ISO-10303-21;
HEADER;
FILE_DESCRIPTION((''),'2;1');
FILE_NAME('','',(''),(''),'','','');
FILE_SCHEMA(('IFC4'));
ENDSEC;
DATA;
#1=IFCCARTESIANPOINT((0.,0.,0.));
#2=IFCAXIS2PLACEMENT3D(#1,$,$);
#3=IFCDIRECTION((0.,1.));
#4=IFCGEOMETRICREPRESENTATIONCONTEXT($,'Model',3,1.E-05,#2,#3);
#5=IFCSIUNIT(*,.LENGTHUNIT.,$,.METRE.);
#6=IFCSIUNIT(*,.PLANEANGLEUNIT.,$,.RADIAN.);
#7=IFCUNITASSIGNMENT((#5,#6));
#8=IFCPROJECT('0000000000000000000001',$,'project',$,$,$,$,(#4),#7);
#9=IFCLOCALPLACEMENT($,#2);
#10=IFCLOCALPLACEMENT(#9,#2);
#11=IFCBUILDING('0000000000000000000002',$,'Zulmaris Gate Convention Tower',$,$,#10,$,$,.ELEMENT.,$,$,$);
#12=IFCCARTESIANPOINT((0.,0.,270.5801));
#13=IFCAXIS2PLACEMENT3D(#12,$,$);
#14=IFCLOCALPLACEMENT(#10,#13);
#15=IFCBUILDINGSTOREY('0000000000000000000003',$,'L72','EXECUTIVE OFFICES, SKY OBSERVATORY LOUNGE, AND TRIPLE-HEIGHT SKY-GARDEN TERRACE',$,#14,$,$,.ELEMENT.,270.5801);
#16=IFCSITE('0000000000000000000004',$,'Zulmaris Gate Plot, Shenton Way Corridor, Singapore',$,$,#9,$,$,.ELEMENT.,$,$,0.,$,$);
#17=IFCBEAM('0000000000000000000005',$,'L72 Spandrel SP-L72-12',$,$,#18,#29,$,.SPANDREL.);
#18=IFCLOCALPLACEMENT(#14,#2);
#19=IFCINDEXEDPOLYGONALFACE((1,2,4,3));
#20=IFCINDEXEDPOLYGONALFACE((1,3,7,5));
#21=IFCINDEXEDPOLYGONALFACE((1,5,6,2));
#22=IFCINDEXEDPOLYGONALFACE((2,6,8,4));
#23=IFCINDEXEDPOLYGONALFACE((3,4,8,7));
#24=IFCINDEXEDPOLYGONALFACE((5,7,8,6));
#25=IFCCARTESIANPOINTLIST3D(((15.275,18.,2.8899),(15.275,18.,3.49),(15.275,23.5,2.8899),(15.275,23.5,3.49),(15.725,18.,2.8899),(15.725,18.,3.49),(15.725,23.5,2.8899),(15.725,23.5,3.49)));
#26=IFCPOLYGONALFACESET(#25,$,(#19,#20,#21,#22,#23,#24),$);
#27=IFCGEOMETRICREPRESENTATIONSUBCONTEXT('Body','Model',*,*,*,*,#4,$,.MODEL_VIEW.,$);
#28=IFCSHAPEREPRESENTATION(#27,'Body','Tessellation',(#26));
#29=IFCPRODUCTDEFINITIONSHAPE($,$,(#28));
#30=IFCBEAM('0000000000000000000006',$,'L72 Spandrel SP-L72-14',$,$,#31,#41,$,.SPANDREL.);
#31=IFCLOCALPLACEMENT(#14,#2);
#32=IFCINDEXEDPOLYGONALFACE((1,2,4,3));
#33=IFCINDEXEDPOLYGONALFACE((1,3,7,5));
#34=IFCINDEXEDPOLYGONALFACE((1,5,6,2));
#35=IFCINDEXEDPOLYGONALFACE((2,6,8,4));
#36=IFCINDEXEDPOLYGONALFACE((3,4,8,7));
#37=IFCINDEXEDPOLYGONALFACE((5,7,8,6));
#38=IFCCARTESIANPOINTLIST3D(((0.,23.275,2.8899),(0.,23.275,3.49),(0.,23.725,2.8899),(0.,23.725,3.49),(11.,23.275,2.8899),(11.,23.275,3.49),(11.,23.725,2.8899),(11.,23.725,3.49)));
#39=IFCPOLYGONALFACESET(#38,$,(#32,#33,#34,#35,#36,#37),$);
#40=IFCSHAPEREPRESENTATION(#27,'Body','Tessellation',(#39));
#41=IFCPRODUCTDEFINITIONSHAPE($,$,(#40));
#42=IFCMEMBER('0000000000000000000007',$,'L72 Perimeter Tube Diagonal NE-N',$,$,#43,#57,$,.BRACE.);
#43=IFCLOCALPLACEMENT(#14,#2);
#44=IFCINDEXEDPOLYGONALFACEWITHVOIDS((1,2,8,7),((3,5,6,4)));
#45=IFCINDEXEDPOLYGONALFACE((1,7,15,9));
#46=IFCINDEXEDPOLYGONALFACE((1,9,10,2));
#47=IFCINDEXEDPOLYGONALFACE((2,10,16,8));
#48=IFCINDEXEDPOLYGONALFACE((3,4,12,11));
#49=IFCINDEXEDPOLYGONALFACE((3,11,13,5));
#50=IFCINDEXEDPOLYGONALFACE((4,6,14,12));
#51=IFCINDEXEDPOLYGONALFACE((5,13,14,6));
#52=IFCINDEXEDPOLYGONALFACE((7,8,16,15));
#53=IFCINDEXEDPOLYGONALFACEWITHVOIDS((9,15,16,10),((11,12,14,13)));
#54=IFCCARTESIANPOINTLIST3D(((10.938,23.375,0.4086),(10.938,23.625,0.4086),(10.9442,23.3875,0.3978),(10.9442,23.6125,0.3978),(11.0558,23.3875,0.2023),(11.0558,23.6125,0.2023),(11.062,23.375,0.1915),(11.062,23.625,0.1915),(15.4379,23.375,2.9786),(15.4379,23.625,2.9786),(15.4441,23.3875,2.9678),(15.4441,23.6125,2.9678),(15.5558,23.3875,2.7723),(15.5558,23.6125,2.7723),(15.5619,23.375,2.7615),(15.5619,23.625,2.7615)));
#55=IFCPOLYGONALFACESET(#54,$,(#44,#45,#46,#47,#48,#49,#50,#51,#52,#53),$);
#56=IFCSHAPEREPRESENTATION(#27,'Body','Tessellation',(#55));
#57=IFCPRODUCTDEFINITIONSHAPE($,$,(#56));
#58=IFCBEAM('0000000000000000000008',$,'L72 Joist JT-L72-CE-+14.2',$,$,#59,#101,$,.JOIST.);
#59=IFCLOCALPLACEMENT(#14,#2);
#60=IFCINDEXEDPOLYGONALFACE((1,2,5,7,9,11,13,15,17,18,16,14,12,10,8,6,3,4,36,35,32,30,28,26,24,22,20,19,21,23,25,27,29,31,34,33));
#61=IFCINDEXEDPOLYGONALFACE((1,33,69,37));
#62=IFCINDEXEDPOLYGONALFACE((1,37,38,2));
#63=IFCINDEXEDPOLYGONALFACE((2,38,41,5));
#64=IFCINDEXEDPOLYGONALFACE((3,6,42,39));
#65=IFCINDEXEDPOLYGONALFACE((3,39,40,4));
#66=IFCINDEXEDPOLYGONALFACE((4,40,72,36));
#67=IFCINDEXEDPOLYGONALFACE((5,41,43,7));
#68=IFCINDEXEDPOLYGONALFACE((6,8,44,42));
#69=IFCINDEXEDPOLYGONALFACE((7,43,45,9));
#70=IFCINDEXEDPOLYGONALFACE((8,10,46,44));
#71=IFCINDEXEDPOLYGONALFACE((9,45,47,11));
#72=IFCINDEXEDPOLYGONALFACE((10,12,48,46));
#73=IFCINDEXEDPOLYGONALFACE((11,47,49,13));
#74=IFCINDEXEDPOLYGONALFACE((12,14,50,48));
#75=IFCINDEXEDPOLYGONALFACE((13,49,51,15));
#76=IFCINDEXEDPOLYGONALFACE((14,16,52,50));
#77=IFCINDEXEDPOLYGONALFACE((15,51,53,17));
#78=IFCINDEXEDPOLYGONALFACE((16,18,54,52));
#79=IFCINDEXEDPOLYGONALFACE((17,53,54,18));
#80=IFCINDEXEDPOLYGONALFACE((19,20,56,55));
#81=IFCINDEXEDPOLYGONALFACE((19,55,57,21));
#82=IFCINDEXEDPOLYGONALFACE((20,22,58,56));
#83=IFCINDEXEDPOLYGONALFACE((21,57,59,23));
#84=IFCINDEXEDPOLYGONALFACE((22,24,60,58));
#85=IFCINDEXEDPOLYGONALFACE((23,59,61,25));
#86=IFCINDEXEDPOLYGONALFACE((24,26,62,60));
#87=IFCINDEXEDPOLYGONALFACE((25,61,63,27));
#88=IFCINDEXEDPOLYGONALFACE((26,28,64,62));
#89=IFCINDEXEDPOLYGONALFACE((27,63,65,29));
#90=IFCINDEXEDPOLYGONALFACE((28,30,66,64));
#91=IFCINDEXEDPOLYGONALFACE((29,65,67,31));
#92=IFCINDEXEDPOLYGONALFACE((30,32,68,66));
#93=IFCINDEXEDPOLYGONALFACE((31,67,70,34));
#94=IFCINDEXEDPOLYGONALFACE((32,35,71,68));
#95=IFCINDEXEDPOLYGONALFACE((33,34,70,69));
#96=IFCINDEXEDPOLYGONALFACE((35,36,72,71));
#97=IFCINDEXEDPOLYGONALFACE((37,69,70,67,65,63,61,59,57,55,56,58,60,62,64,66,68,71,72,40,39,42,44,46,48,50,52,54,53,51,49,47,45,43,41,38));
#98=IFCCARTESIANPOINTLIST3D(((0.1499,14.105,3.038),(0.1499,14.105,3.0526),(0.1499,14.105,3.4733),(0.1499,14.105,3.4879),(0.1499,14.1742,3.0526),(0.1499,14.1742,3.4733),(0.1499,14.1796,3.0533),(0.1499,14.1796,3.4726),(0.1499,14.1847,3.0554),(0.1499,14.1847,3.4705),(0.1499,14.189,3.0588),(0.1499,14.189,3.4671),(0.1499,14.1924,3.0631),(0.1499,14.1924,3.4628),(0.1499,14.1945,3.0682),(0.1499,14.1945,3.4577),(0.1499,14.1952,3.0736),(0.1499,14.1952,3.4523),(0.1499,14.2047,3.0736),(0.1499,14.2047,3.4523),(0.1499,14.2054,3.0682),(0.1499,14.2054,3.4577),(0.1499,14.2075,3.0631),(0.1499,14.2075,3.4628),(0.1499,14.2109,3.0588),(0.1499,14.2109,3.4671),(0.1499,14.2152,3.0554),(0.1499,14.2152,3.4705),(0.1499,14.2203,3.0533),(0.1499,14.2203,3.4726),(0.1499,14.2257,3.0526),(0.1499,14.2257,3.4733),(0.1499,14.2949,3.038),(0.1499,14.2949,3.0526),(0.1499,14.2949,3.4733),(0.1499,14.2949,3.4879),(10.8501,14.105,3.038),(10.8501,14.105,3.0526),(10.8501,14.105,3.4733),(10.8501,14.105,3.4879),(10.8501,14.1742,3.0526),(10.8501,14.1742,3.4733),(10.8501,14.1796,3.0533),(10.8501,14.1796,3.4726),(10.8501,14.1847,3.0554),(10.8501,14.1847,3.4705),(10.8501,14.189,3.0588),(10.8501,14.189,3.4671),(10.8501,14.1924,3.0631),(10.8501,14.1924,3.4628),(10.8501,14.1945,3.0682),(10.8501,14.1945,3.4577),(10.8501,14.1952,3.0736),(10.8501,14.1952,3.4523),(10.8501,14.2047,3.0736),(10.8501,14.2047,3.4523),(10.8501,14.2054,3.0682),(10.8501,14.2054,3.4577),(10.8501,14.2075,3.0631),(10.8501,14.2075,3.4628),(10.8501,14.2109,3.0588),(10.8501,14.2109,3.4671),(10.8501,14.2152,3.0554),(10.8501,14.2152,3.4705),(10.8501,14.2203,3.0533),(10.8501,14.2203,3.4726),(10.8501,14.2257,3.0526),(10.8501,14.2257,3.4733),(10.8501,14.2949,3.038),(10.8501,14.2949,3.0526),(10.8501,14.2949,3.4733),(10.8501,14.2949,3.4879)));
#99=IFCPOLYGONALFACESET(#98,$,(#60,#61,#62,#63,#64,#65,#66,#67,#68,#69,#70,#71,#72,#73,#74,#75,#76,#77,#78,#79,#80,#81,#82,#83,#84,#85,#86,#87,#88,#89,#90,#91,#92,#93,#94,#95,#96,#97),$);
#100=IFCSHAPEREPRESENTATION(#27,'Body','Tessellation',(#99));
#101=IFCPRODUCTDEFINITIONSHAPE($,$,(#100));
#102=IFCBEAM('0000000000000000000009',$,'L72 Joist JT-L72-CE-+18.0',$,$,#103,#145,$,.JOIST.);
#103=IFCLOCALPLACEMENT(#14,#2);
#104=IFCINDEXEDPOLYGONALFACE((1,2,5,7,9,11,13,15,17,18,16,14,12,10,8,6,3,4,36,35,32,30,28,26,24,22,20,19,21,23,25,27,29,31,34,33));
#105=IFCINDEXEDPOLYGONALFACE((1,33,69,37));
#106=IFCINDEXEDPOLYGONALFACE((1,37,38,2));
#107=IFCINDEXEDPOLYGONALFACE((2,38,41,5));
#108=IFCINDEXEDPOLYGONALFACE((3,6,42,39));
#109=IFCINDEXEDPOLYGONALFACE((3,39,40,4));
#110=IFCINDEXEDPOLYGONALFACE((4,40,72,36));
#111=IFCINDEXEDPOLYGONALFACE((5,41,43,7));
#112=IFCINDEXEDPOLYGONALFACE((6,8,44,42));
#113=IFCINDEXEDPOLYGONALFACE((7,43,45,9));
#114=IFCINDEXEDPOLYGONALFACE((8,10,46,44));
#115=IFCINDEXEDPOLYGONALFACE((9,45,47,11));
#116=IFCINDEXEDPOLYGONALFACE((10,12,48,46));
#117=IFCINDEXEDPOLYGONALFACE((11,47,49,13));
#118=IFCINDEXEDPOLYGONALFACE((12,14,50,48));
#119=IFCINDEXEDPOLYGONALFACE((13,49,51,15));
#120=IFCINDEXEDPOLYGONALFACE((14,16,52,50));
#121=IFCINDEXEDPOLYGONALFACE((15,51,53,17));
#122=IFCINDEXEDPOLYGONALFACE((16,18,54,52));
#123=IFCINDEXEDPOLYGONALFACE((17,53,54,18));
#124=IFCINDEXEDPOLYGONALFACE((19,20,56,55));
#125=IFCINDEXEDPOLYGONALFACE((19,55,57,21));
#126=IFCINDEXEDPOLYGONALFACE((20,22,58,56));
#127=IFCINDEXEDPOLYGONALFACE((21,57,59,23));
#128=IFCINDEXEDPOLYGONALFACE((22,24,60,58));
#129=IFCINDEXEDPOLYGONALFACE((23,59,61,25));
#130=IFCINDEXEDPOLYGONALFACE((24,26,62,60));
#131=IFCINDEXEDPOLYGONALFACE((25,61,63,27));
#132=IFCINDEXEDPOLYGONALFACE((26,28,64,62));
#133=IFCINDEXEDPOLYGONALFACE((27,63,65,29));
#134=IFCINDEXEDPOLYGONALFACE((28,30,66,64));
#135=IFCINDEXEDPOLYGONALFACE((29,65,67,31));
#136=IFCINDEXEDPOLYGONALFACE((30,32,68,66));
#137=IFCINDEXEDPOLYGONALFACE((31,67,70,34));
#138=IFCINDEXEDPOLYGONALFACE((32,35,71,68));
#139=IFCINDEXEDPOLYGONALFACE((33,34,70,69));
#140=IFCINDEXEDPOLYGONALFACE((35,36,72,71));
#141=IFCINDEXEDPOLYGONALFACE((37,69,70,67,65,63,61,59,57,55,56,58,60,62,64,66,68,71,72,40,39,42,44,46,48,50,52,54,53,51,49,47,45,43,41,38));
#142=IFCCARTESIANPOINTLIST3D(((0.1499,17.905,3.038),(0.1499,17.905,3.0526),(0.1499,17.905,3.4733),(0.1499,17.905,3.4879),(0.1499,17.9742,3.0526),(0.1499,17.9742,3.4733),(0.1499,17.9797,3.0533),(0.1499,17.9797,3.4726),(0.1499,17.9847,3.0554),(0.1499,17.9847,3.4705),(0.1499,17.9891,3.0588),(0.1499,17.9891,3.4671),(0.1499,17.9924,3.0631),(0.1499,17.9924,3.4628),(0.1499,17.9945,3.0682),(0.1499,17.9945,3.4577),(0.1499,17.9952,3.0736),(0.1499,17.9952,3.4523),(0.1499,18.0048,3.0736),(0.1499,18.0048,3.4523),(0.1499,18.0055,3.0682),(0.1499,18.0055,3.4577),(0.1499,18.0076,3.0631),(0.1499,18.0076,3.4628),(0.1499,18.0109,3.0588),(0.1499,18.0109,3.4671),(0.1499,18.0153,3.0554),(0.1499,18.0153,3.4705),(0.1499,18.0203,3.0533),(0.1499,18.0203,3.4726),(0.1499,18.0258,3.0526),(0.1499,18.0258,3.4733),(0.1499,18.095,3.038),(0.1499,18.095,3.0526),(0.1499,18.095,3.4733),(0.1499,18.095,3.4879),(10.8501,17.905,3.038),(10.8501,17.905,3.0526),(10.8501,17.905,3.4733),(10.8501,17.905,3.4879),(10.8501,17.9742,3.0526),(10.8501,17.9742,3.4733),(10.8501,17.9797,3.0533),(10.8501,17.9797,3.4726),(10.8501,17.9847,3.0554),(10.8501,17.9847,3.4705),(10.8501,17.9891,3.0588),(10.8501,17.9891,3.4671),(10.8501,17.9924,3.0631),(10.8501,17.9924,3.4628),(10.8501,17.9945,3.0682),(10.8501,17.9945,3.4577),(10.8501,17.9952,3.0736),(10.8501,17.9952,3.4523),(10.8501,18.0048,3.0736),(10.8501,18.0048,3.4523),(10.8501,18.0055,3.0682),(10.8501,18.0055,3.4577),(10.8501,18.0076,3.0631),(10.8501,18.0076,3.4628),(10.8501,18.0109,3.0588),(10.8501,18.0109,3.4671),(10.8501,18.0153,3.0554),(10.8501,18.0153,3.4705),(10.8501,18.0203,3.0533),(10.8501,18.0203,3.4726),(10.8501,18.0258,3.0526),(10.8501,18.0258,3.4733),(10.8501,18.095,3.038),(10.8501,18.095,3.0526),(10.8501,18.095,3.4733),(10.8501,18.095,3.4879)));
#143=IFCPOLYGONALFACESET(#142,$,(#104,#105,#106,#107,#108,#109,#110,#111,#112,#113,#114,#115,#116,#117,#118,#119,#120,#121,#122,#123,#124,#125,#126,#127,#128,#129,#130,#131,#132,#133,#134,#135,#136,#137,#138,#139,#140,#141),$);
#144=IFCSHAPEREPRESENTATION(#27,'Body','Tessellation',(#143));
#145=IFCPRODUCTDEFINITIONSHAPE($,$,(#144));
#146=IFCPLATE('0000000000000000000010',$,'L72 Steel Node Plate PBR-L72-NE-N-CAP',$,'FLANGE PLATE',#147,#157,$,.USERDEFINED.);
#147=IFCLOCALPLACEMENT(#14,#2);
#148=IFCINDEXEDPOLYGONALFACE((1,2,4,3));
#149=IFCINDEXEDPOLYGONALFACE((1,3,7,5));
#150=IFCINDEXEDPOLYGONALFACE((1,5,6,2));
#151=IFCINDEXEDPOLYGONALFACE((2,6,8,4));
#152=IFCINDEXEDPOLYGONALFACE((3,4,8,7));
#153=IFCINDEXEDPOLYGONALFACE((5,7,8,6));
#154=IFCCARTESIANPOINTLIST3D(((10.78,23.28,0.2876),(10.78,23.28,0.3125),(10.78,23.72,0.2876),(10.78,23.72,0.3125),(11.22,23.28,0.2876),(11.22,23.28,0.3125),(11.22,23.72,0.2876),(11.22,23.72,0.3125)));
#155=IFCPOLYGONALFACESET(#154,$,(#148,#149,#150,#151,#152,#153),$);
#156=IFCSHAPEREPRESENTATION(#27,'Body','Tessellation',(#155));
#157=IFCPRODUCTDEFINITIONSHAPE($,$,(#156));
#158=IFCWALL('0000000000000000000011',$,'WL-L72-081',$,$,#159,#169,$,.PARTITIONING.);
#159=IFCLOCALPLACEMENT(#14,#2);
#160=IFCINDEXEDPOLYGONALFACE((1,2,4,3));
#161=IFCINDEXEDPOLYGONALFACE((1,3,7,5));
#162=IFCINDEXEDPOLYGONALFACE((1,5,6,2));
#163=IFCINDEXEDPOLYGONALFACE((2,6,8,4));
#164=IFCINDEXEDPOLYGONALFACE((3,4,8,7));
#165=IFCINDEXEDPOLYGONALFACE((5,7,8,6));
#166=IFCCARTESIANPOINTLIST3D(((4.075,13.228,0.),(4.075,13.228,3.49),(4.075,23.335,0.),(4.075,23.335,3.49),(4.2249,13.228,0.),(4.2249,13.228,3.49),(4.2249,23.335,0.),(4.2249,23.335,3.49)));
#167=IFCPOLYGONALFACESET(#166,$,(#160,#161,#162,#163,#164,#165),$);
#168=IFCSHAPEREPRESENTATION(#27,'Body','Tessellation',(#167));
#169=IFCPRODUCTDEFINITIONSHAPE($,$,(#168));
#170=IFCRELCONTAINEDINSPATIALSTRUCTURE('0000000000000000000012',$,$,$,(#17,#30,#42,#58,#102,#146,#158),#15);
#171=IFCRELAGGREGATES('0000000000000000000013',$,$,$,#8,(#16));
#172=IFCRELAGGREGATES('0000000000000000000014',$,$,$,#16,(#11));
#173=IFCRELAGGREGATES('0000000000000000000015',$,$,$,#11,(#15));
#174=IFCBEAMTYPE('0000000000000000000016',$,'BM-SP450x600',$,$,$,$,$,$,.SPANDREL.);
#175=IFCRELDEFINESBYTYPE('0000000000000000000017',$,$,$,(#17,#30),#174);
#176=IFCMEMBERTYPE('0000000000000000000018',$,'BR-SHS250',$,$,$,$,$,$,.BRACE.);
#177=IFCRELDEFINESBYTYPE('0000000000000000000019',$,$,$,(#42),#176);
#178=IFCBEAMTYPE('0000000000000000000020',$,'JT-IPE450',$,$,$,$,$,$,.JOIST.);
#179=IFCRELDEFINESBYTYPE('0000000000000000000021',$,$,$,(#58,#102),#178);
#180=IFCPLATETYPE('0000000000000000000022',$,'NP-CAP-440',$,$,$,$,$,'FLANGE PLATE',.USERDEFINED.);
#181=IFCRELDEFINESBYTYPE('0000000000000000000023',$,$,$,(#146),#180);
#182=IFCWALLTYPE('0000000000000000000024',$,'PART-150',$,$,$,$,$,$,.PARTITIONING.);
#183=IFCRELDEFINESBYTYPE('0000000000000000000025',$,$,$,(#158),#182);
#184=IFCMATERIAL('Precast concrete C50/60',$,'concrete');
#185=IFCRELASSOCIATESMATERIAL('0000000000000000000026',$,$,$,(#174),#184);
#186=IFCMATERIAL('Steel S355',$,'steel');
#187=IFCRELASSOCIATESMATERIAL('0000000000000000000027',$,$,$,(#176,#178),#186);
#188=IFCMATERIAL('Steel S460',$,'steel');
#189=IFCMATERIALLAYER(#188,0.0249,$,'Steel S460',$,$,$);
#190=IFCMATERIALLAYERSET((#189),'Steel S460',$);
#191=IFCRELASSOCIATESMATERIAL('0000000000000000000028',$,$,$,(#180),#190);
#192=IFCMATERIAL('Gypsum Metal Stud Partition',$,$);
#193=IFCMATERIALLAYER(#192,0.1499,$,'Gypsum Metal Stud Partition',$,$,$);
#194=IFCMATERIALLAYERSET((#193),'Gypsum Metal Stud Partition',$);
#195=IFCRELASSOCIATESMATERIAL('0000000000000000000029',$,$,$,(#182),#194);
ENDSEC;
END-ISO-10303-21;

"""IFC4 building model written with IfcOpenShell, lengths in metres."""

from ifc_helpers import new_model, si_unit, direction, frame, frame_2d, origin, origin_2d, place, context, subcontext, project, spatial, rectangle, hollow_rectangle, i_section, extrude, material, layer, layer_set, material_profile, profile_set, type_object, element, save


model = new_model("IFC4")

# Units and contexts
model_context = context("Model", 3, precision=1e-05, world=origin(), true_north=direction((0.0, 1.0)))
body_context = subcontext(model_context, "Body", "Model", "MODEL_VIEW")
ifc_project = project(units=[si_unit("LENGTHUNIT", "METRE"), si_unit("PLANEANGLEUNIT", "RADIAN")], contexts=[model_context])

# Site, building, storey
site_placement = place(None, origin())
site = spatial("IfcSite", under=ifc_project, at=site_placement, Name="Zulmaris Gate Plot, Shenton Way Corridor, Singapore", CompositionType="ELEMENT", RefElevation=0.0)
building_placement = place(site_placement, origin())
building = spatial("IfcBuilding", under=site, at=building_placement, Name="Zulmaris Gate Convention Tower", CompositionType="ELEMENT")
storey_placement = place(building_placement, frame((0.0, 0.0, 270.5801)))
storey = spatial("IfcBuildingStorey", under=building, at=storey_placement, Name="L72", Description="EXECUTIVE OFFICES, SKY OBSERVATORY LOUNGE, AND TRIPLE-HEIGHT SKY-GARDEN TERRACE", CompositionType="ELEMENT", Elevation=270.5801)

# Beams
ifc_material_1 = material(Name="Steel S355", Category="steel")
ifc_material_2 = material(Name="Precast concrete C50/60", Category="concrete")
ifc_material_profile_1 = material_profile(ifc_material_2, rectangle(XDim=0.45, YDim=0.6001, at=origin_2d()), Name="RC SPANDREL 450x600")
ifc_profile_set_1 = profile_set([ifc_material_profile_1], Name="Precast concrete C50/60")
beam_type_1 = type_object("IfcBeamType", Name="BM-SP450x600", PredefinedType="SPANDREL", material=ifc_profile_set_1)
beam_1_placement = place(storey_placement, frame((15.5, 18.0, 3.1899), z_axis=(0.0, 1.0, 0.0), x_axis=(-1.0, 0.0, 0.0)))
element("IfcBeam", 1, at=beam_1_placement, inside=storey, type_object=beam_type_1, Name="L72 Spandrel SP-L72-12", PredefinedType="SPANDREL", context=body_context, shape_type="SweptSolid", body=[
    extrude(rectangle(XDim=0.45, YDim=0.6001, at=origin_2d()), origin(), (0.0, 0.0, 1.0), 5.5),
])
beam_2_placement = place(storey_placement, frame((11.0, 23.5, 3.1899), z_axis=(-1.0, 0.0, 0.0), x_axis=(0.0, -1.0, 0.0)))
element("IfcBeam", 2, at=beam_2_placement, inside=storey, type_object=beam_type_1, Name="L72 Spandrel SP-L72-14", PredefinedType="SPANDREL", context=body_context, shape_type="SweptSolid", body=[
    extrude(rectangle(XDim=0.45, YDim=0.6001, at=origin_2d()), origin(), (0.0, 0.0, 1.0), 11.0),
])

# Member
ifc_material_profile_2 = material_profile(ifc_material_1, hollow_rectangle(XDim=0.25, YDim=0.25, WallThickness=0.0125, at=origin_2d()), Name="SHS 250x250x12.5")
ifc_profile_set_2 = profile_set([ifc_material_profile_2], Name="Steel S355")
member_type = type_object("IfcMemberType", Name="BR-SHS250", PredefinedType="BRACE", material=ifc_profile_set_2)
member_placement = place(storey_placement, frame((11.0, 23.5, 0.3), z_axis=(0.868356, 0.0, 0.495941), x_axis=(0.0, 1.0, 0.0)))
element("IfcMember", 3, at=member_placement, inside=storey, type_object=member_type, Name="L72 Perimeter Tube Diagonal NE-N", PredefinedType="BRACE", context=body_context, shape_type="SweptSolid", body=[
    extrude(hollow_rectangle(XDim=0.25, YDim=0.25, WallThickness=0.0125, at=origin_2d()), origin(), (0.0, 0.0, 1.0), 5.1821),
])

# Beams
ifc_material_profile_3 = material_profile(ifc_material_1, i_section(OverallWidth=0.1899, OverallDepth=0.45, WebThickness=0.0095, FlangeThickness=0.0146, FilletRadius=0.021, at=origin_2d()), Name="IPE 450")
ifc_profile_set_3 = profile_set([ifc_material_profile_3], Name="Steel S355")
beam_type_2 = type_object("IfcBeamType", Name="JT-IPE450", PredefinedType="JOIST", material=ifc_profile_set_3)
for number, where, z_axis, x_axis, name in (
    (4, (0.1499, 14.2, 3.2629), (1.0, 0.0, 0.0), (0.0, 1.0, 0.0), "L72 Joist JT-L72-CE-+14.2"),
    (5, (0.1499, 18.0, 3.2629), (1.0, 0.0, 0.0), (0.0, 1.0, 0.0), "L72 Joist JT-L72-CE-+18.0"),
):
    element("IfcBeam", number, at=place(storey_placement, frame(where, z_axis=z_axis, x_axis=x_axis)), inside=storey, type_object=beam_type_2, Name=name, PredefinedType="JOIST", context=body_context, shape_type="SweptSolid", body=[
        extrude(i_section(OverallWidth=0.1899, OverallDepth=0.45, WebThickness=0.0095, FlangeThickness=0.0146, FilletRadius=0.021, at=origin_2d()), origin(), (0.0, 0.0, 1.0), 10.7002),
    ])

# Plate
ifc_material_3 = material(Name="Steel S460", Category="steel")
ifc_layer_1 = layer(ifc_material_3, 0.0249, Name="Steel S460")
ifc_layer_set_1 = layer_set([ifc_layer_1], Name="Steel S460")
plate_type = type_object("IfcPlateType", Name="NP-CAP-440", ElementType="FLANGE PLATE", PredefinedType="USERDEFINED", material=ifc_layer_set_1)
plate_placement = place(storey_placement, frame((11.0, 23.5, 0.2876), z_axis=(0.0, 0.0, 1.0), x_axis=(1.0, 0.0, 0.0)))
element("IfcPlate", 6, at=plate_placement, inside=storey, type_object=plate_type, Name="L72 Steel Node Plate PBR-L72-NE-N-CAP", ObjectType="FLANGE PLATE", PredefinedType="USERDEFINED", context=body_context, shape_type="SweptSolid", body=[
    extrude(rectangle(XDim=0.4399, YDim=0.4399, at=origin_2d()), origin(), (0.0, 0.0, 1.0), 0.0249),
])

# Wall
ifc_material_4 = material(Name="Gypsum Metal Stud Partition")
ifc_layer_2 = layer(ifc_material_4, 0.1499, Name="Gypsum Metal Stud Partition")
ifc_layer_set_2 = layer_set([ifc_layer_2], Name="Gypsum Metal Stud Partition")
wall_type_1 = type_object("IfcWallType", Name="PART-150", PredefinedType="PARTITIONING", material=ifc_layer_set_2)
wall_1_placement = place(storey_placement, frame((4.1499, 13.228, 0.0), z_axis=(0.0, 0.0, 1.0), x_axis=(0.0, 1.0, 0.0)))
element("IfcWall", 7, at=wall_1_placement, inside=storey, type_object=wall_type_1, Name="WL-L72-081", PredefinedType="PARTITIONING", context=body_context, shape_type="SweptSolid", body=[
    extrude(rectangle(XDim=10.1069, YDim=0.1499, at=frame_2d((5.0535, 0.0))), origin(), (0.0, 0.0, 1.0), 3.49),
])

save(model, "model.ifc")
